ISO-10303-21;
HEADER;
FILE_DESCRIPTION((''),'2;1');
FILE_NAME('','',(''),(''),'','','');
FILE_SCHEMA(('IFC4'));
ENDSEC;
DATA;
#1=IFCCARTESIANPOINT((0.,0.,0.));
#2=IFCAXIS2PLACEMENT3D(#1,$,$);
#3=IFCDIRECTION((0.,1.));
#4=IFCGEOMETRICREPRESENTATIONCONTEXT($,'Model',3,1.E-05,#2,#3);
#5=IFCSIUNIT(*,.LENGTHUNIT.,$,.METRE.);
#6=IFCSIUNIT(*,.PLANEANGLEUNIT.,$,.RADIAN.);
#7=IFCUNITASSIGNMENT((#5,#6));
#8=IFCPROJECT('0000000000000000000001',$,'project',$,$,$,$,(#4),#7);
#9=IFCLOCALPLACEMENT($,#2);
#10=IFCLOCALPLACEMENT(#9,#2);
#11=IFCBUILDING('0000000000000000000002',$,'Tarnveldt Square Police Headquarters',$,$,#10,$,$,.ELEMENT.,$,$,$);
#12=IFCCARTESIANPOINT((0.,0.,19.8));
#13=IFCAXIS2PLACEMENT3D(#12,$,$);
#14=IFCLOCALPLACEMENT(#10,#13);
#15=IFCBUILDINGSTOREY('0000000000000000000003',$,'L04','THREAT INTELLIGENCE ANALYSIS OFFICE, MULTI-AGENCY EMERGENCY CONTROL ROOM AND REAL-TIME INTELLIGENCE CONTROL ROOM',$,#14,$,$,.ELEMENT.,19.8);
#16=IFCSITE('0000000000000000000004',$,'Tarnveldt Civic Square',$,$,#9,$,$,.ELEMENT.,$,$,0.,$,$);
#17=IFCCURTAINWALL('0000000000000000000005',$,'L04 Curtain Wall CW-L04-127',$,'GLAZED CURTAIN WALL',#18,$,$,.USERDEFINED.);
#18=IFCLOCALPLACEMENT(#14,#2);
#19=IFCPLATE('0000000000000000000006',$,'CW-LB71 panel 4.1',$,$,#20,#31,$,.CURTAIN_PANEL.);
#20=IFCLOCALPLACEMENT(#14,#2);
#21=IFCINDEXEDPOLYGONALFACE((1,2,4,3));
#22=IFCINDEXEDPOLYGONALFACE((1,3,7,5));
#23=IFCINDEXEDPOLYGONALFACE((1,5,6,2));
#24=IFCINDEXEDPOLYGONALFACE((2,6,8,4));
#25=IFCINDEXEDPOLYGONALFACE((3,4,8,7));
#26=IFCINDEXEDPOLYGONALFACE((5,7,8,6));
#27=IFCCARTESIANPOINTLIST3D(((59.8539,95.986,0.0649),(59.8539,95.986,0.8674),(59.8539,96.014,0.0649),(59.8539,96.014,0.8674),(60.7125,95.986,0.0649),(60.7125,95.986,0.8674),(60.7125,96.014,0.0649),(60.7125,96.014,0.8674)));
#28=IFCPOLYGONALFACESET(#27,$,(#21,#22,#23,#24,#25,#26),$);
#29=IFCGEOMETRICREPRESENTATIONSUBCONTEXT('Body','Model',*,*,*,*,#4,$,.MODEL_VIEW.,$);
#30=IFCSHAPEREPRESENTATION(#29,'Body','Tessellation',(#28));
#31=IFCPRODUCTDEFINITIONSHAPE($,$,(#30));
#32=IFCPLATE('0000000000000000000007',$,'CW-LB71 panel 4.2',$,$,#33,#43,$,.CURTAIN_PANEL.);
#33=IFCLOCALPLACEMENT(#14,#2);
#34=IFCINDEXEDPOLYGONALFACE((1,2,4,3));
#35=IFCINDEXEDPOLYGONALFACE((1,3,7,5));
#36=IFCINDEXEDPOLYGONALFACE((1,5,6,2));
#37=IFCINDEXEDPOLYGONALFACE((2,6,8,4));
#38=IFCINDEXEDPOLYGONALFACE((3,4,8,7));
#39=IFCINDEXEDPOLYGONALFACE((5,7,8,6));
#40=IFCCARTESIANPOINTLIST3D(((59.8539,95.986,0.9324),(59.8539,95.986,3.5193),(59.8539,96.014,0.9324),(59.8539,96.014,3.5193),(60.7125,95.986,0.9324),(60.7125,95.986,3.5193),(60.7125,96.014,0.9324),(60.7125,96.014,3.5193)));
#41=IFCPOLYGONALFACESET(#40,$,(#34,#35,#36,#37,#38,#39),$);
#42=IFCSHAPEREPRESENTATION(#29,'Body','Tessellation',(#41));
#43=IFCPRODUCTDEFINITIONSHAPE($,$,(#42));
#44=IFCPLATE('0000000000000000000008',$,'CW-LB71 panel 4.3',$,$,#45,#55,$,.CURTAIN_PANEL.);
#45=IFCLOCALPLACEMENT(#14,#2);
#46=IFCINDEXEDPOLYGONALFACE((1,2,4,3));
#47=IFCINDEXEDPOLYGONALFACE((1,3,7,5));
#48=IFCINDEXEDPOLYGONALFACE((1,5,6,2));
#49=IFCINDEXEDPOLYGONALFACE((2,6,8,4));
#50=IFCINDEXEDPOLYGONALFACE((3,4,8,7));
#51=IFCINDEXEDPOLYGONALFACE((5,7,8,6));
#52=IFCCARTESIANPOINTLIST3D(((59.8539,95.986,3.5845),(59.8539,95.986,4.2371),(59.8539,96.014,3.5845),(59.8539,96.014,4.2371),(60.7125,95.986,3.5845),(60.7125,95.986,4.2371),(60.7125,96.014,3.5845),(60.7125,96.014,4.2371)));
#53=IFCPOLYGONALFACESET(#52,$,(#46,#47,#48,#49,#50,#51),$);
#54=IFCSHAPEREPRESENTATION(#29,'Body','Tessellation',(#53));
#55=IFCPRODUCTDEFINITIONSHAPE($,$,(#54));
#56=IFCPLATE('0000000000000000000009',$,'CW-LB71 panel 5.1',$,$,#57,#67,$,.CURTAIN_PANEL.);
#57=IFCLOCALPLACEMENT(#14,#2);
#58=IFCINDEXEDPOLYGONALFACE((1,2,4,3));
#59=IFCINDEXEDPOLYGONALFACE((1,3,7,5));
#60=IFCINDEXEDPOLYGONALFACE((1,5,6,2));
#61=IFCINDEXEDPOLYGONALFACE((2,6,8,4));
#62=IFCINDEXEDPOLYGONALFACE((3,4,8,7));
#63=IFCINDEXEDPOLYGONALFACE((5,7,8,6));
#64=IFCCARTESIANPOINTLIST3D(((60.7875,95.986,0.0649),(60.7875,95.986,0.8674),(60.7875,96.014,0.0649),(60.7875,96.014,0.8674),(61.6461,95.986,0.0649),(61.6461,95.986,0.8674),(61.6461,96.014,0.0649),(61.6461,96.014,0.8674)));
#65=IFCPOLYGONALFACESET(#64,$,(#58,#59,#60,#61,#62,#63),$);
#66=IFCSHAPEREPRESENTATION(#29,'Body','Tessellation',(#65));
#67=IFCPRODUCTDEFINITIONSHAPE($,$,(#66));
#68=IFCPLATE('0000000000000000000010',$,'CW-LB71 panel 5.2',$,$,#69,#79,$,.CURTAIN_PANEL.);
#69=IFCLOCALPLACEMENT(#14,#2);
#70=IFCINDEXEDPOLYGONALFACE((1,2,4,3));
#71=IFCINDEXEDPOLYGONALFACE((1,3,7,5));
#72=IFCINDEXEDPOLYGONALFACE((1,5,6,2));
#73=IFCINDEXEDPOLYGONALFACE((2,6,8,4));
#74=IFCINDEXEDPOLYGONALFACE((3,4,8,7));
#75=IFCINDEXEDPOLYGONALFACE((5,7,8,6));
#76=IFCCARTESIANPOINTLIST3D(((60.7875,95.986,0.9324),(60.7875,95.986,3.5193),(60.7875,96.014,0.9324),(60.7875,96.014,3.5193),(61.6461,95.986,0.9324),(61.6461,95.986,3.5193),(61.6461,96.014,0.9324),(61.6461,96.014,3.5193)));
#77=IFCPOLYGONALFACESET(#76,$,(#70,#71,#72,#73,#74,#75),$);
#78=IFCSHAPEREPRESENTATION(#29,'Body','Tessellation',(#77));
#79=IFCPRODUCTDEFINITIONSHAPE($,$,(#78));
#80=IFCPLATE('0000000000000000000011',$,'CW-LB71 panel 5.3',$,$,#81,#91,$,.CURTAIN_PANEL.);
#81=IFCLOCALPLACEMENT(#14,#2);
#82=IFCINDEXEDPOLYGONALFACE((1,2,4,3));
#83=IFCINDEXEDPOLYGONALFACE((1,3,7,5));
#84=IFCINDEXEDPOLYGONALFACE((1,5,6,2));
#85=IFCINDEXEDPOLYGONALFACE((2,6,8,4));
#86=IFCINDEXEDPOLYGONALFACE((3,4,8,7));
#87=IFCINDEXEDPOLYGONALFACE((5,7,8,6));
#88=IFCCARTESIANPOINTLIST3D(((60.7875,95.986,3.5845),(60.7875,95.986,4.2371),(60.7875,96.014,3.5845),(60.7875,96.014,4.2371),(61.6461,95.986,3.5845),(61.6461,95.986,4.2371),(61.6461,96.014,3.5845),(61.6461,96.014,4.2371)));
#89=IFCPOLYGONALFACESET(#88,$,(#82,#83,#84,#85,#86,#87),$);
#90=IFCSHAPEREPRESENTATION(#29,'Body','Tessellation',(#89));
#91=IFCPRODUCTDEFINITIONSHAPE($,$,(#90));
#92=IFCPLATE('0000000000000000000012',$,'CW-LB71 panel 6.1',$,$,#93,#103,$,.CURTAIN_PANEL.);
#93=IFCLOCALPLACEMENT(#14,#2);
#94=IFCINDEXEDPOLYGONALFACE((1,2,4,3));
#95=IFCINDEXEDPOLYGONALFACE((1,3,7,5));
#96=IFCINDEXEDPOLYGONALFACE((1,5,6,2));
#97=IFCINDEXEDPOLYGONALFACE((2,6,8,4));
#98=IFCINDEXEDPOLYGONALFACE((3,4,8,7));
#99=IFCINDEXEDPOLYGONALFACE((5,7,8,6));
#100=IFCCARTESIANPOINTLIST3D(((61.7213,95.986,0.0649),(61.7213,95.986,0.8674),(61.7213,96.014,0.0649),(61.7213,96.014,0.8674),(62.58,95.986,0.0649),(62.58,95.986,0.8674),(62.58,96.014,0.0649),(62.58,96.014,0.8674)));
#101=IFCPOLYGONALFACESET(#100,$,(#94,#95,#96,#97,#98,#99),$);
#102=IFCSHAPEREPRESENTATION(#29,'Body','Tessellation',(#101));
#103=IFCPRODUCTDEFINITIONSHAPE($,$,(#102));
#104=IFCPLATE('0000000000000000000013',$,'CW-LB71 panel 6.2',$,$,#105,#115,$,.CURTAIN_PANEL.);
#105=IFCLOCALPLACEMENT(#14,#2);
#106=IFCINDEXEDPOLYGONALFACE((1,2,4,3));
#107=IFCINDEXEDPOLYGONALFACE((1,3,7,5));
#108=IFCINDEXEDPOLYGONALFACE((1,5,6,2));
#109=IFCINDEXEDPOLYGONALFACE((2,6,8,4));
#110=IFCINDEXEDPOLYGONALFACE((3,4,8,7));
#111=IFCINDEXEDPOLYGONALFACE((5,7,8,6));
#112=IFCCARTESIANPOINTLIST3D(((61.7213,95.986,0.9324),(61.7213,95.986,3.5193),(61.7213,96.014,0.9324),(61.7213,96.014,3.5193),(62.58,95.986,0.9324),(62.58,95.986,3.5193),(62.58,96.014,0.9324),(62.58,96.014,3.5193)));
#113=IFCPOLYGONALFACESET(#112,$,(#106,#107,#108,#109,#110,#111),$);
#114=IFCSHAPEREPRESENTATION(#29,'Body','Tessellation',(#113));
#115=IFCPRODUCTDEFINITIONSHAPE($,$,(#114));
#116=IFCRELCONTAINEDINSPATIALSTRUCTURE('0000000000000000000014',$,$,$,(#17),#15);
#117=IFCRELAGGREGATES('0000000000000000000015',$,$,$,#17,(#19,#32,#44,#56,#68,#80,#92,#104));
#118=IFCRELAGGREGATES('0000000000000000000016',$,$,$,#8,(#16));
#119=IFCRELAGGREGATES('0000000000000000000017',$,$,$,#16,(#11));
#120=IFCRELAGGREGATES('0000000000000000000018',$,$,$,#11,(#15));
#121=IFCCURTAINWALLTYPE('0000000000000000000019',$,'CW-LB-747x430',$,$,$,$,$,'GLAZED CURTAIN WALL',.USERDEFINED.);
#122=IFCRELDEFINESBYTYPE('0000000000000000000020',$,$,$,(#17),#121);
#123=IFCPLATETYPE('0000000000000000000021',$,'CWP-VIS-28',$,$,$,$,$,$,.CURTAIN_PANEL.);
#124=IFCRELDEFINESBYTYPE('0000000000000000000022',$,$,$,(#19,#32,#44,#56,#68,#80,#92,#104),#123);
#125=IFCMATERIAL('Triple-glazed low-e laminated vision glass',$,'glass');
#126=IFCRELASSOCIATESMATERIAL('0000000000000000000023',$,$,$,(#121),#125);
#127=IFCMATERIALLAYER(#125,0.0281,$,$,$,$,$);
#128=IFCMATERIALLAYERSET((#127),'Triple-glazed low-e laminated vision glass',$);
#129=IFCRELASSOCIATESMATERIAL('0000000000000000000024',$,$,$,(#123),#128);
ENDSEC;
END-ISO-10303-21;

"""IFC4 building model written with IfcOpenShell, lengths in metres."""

from ifc_helpers import new_model, si_unit, direction, frame, origin, origin_2d, place, context, subcontext, project, spatial, rectangle, extrude, material, layer, layer_set, type_object, element, aggregate, save


model = new_model("IFC4")

# Units and contexts
model_context = context("Model", 3, precision=1e-05, world=origin(), true_north=direction((0.0, 1.0)))
body_context = subcontext(model_context, "Body", "Model", "MODEL_VIEW")
ifc_project = project(units=[si_unit("LENGTHUNIT", "METRE"), si_unit("PLANEANGLEUNIT", "RADIAN")], contexts=[model_context])

# Site, building, storey
site_placement = place(None, origin())
site = spatial("IfcSite", under=ifc_project, at=site_placement, Name="Tarnveldt Civic Square", CompositionType="ELEMENT", RefElevation=0.0)
building_placement = place(site_placement, origin())
building = spatial("IfcBuilding", under=site, at=building_placement, Name="Tarnveldt Square Police Headquarters", CompositionType="ELEMENT")
storey_placement = place(building_placement, frame((0.0, 0.0, 19.8)))
storey = spatial("IfcBuildingStorey", under=building, at=storey_placement, Name="L04", Description="THREAT INTELLIGENCE ANALYSIS OFFICE, MULTI-AGENCY EMERGENCY CONTROL ROOM AND REAL-TIME INTELLIGENCE CONTROL ROOM", CompositionType="ELEMENT", Elevation=19.8)

# Curtain wall, plates
ifc_material_1 = material(Name="Triple-glazed low-e laminated vision glass", Category="glass")
curtain_wall_type = type_object("IfcCurtainWallType", Name="CW-LB-747x430", ElementType="GLAZED CURTAIN WALL", PredefinedType="USERDEFINED", material=ifc_material_1)
curtain_wall_placement = place(storey_placement, origin())
curtain_wall = element("IfcCurtainWall", 1, at=curtain_wall_placement, inside=storey, type_object=curtain_wall_type, Name="L04 Curtain Wall CW-L04-127", ObjectType="GLAZED CURTAIN WALL", PredefinedType="USERDEFINED")
ifc_layer = layer(ifc_material_1, 0.0281)
ifc_layer_set = layer_set([ifc_layer], Name="Triple-glazed low-e laminated vision glass")
plate_type = type_object("IfcPlateType", Name="CWP-VIS-28", PredefinedType="CURTAIN_PANEL", material=ifc_layer_set)
plate_1_placement = place(storey_placement, frame((60.2832, 96.0, 0.0649), z_axis=(0.0, 0.0, 1.0), x_axis=(1.0, 0.0, 0.0)))
plate_1 = element("IfcPlate", 2, at=plate_1_placement, type_object=plate_type, Name="CW-LB71 panel 4.1", PredefinedType="CURTAIN_PANEL", context=body_context, shape_type="SweptSolid", body=[
    extrude(rectangle(XDim=0.8586, YDim=0.0281, at=origin_2d()), origin(), (0.0, 0.0, 1.0), 0.8025),
])
plate_2_placement = place(storey_placement, frame((60.2832, 96.0, 0.9324), z_axis=(0.0, 0.0, 1.0), x_axis=(1.0, 0.0, 0.0)))
plate_2 = element("IfcPlate", 3, at=plate_2_placement, type_object=plate_type, Name="CW-LB71 panel 4.2", PredefinedType="CURTAIN_PANEL", context=body_context, shape_type="SweptSolid", body=[
    extrude(rectangle(XDim=0.8586, YDim=0.0281, at=origin_2d()), origin(), (0.0, 0.0, 1.0), 2.5869),
])
plate_3_placement = place(storey_placement, frame((60.2832, 96.0, 3.5845), z_axis=(0.0, 0.0, 1.0), x_axis=(1.0, 0.0, 0.0)))
plate_3 = element("IfcPlate", 4, at=plate_3_placement, type_object=plate_type, Name="CW-LB71 panel 4.3", PredefinedType="CURTAIN_PANEL", context=body_context, shape_type="SweptSolid", body=[
    extrude(rectangle(XDim=0.8586, YDim=0.0281, at=origin_2d()), origin(), (0.0, 0.0, 1.0), 0.6526),
])
plate_4_placement = place(storey_placement, frame((61.2168, 96.0, 0.0649), z_axis=(0.0, 0.0, 1.0), x_axis=(1.0, 0.0, 0.0)))
plate_4 = element("IfcPlate", 5, at=plate_4_placement, type_object=plate_type, Name="CW-LB71 panel 5.1", PredefinedType="CURTAIN_PANEL", context=body_context, shape_type="SweptSolid", body=[
    extrude(rectangle(XDim=0.8586, YDim=0.0281, at=origin_2d()), origin(), (0.0, 0.0, 1.0), 0.8025),
])
plate_5_placement = place(storey_placement, frame((61.2168, 96.0, 0.9324), z_axis=(0.0, 0.0, 1.0), x_axis=(1.0, 0.0, 0.0)))
plate_5 = element("IfcPlate", 6, at=plate_5_placement, type_object=plate_type, Name="CW-LB71 panel 5.2", PredefinedType="CURTAIN_PANEL", context=body_context, shape_type="SweptSolid", body=[
    extrude(rectangle(XDim=0.8586, YDim=0.0281, at=origin_2d()), origin(), (0.0, 0.0, 1.0), 2.5869),
])
plate_6_placement = place(storey_placement, frame((61.2168, 96.0, 3.5845), z_axis=(0.0, 0.0, 1.0), x_axis=(1.0, 0.0, 0.0)))
plate_6 = element("IfcPlate", 7, at=plate_6_placement, type_object=plate_type, Name="CW-LB71 panel 5.3", PredefinedType="CURTAIN_PANEL", context=body_context, shape_type="SweptSolid", body=[
    extrude(rectangle(XDim=0.8586, YDim=0.0281, at=origin_2d()), origin(), (0.0, 0.0, 1.0), 0.6526),
])
plate_7_placement = place(storey_placement, frame((62.1506, 96.0, 0.0649), z_axis=(0.0, 0.0, 1.0), x_axis=(1.0, 0.0, 0.0)))
plate_7 = element("IfcPlate", 8, at=plate_7_placement, type_object=plate_type, Name="CW-LB71 panel 6.1", PredefinedType="CURTAIN_PANEL", context=body_context, shape_type="SweptSolid", body=[
    extrude(rectangle(XDim=0.8586, YDim=0.0281, at=origin_2d()), origin(), (0.0, 0.0, 1.0), 0.8025),
])
plate_8_placement = place(storey_placement, frame((62.1506, 96.0, 0.9324), z_axis=(0.0, 0.0, 1.0), x_axis=(1.0, 0.0, 0.0)))
plate_8 = element("IfcPlate", 9, at=plate_8_placement, type_object=plate_type, Name="CW-LB71 panel 6.2", PredefinedType="CURTAIN_PANEL", context=body_context, shape_type="SweptSolid", body=[
    extrude(rectangle(XDim=0.8586, YDim=0.0281, at=origin_2d()), origin(), (0.0, 0.0, 1.0), 2.5869),
])
aggregate(curtain_wall, [plate_1, plate_2, plate_3, plate_4, plate_5, plate_6, plate_7, plate_8])

save(model, "model.ifc")
